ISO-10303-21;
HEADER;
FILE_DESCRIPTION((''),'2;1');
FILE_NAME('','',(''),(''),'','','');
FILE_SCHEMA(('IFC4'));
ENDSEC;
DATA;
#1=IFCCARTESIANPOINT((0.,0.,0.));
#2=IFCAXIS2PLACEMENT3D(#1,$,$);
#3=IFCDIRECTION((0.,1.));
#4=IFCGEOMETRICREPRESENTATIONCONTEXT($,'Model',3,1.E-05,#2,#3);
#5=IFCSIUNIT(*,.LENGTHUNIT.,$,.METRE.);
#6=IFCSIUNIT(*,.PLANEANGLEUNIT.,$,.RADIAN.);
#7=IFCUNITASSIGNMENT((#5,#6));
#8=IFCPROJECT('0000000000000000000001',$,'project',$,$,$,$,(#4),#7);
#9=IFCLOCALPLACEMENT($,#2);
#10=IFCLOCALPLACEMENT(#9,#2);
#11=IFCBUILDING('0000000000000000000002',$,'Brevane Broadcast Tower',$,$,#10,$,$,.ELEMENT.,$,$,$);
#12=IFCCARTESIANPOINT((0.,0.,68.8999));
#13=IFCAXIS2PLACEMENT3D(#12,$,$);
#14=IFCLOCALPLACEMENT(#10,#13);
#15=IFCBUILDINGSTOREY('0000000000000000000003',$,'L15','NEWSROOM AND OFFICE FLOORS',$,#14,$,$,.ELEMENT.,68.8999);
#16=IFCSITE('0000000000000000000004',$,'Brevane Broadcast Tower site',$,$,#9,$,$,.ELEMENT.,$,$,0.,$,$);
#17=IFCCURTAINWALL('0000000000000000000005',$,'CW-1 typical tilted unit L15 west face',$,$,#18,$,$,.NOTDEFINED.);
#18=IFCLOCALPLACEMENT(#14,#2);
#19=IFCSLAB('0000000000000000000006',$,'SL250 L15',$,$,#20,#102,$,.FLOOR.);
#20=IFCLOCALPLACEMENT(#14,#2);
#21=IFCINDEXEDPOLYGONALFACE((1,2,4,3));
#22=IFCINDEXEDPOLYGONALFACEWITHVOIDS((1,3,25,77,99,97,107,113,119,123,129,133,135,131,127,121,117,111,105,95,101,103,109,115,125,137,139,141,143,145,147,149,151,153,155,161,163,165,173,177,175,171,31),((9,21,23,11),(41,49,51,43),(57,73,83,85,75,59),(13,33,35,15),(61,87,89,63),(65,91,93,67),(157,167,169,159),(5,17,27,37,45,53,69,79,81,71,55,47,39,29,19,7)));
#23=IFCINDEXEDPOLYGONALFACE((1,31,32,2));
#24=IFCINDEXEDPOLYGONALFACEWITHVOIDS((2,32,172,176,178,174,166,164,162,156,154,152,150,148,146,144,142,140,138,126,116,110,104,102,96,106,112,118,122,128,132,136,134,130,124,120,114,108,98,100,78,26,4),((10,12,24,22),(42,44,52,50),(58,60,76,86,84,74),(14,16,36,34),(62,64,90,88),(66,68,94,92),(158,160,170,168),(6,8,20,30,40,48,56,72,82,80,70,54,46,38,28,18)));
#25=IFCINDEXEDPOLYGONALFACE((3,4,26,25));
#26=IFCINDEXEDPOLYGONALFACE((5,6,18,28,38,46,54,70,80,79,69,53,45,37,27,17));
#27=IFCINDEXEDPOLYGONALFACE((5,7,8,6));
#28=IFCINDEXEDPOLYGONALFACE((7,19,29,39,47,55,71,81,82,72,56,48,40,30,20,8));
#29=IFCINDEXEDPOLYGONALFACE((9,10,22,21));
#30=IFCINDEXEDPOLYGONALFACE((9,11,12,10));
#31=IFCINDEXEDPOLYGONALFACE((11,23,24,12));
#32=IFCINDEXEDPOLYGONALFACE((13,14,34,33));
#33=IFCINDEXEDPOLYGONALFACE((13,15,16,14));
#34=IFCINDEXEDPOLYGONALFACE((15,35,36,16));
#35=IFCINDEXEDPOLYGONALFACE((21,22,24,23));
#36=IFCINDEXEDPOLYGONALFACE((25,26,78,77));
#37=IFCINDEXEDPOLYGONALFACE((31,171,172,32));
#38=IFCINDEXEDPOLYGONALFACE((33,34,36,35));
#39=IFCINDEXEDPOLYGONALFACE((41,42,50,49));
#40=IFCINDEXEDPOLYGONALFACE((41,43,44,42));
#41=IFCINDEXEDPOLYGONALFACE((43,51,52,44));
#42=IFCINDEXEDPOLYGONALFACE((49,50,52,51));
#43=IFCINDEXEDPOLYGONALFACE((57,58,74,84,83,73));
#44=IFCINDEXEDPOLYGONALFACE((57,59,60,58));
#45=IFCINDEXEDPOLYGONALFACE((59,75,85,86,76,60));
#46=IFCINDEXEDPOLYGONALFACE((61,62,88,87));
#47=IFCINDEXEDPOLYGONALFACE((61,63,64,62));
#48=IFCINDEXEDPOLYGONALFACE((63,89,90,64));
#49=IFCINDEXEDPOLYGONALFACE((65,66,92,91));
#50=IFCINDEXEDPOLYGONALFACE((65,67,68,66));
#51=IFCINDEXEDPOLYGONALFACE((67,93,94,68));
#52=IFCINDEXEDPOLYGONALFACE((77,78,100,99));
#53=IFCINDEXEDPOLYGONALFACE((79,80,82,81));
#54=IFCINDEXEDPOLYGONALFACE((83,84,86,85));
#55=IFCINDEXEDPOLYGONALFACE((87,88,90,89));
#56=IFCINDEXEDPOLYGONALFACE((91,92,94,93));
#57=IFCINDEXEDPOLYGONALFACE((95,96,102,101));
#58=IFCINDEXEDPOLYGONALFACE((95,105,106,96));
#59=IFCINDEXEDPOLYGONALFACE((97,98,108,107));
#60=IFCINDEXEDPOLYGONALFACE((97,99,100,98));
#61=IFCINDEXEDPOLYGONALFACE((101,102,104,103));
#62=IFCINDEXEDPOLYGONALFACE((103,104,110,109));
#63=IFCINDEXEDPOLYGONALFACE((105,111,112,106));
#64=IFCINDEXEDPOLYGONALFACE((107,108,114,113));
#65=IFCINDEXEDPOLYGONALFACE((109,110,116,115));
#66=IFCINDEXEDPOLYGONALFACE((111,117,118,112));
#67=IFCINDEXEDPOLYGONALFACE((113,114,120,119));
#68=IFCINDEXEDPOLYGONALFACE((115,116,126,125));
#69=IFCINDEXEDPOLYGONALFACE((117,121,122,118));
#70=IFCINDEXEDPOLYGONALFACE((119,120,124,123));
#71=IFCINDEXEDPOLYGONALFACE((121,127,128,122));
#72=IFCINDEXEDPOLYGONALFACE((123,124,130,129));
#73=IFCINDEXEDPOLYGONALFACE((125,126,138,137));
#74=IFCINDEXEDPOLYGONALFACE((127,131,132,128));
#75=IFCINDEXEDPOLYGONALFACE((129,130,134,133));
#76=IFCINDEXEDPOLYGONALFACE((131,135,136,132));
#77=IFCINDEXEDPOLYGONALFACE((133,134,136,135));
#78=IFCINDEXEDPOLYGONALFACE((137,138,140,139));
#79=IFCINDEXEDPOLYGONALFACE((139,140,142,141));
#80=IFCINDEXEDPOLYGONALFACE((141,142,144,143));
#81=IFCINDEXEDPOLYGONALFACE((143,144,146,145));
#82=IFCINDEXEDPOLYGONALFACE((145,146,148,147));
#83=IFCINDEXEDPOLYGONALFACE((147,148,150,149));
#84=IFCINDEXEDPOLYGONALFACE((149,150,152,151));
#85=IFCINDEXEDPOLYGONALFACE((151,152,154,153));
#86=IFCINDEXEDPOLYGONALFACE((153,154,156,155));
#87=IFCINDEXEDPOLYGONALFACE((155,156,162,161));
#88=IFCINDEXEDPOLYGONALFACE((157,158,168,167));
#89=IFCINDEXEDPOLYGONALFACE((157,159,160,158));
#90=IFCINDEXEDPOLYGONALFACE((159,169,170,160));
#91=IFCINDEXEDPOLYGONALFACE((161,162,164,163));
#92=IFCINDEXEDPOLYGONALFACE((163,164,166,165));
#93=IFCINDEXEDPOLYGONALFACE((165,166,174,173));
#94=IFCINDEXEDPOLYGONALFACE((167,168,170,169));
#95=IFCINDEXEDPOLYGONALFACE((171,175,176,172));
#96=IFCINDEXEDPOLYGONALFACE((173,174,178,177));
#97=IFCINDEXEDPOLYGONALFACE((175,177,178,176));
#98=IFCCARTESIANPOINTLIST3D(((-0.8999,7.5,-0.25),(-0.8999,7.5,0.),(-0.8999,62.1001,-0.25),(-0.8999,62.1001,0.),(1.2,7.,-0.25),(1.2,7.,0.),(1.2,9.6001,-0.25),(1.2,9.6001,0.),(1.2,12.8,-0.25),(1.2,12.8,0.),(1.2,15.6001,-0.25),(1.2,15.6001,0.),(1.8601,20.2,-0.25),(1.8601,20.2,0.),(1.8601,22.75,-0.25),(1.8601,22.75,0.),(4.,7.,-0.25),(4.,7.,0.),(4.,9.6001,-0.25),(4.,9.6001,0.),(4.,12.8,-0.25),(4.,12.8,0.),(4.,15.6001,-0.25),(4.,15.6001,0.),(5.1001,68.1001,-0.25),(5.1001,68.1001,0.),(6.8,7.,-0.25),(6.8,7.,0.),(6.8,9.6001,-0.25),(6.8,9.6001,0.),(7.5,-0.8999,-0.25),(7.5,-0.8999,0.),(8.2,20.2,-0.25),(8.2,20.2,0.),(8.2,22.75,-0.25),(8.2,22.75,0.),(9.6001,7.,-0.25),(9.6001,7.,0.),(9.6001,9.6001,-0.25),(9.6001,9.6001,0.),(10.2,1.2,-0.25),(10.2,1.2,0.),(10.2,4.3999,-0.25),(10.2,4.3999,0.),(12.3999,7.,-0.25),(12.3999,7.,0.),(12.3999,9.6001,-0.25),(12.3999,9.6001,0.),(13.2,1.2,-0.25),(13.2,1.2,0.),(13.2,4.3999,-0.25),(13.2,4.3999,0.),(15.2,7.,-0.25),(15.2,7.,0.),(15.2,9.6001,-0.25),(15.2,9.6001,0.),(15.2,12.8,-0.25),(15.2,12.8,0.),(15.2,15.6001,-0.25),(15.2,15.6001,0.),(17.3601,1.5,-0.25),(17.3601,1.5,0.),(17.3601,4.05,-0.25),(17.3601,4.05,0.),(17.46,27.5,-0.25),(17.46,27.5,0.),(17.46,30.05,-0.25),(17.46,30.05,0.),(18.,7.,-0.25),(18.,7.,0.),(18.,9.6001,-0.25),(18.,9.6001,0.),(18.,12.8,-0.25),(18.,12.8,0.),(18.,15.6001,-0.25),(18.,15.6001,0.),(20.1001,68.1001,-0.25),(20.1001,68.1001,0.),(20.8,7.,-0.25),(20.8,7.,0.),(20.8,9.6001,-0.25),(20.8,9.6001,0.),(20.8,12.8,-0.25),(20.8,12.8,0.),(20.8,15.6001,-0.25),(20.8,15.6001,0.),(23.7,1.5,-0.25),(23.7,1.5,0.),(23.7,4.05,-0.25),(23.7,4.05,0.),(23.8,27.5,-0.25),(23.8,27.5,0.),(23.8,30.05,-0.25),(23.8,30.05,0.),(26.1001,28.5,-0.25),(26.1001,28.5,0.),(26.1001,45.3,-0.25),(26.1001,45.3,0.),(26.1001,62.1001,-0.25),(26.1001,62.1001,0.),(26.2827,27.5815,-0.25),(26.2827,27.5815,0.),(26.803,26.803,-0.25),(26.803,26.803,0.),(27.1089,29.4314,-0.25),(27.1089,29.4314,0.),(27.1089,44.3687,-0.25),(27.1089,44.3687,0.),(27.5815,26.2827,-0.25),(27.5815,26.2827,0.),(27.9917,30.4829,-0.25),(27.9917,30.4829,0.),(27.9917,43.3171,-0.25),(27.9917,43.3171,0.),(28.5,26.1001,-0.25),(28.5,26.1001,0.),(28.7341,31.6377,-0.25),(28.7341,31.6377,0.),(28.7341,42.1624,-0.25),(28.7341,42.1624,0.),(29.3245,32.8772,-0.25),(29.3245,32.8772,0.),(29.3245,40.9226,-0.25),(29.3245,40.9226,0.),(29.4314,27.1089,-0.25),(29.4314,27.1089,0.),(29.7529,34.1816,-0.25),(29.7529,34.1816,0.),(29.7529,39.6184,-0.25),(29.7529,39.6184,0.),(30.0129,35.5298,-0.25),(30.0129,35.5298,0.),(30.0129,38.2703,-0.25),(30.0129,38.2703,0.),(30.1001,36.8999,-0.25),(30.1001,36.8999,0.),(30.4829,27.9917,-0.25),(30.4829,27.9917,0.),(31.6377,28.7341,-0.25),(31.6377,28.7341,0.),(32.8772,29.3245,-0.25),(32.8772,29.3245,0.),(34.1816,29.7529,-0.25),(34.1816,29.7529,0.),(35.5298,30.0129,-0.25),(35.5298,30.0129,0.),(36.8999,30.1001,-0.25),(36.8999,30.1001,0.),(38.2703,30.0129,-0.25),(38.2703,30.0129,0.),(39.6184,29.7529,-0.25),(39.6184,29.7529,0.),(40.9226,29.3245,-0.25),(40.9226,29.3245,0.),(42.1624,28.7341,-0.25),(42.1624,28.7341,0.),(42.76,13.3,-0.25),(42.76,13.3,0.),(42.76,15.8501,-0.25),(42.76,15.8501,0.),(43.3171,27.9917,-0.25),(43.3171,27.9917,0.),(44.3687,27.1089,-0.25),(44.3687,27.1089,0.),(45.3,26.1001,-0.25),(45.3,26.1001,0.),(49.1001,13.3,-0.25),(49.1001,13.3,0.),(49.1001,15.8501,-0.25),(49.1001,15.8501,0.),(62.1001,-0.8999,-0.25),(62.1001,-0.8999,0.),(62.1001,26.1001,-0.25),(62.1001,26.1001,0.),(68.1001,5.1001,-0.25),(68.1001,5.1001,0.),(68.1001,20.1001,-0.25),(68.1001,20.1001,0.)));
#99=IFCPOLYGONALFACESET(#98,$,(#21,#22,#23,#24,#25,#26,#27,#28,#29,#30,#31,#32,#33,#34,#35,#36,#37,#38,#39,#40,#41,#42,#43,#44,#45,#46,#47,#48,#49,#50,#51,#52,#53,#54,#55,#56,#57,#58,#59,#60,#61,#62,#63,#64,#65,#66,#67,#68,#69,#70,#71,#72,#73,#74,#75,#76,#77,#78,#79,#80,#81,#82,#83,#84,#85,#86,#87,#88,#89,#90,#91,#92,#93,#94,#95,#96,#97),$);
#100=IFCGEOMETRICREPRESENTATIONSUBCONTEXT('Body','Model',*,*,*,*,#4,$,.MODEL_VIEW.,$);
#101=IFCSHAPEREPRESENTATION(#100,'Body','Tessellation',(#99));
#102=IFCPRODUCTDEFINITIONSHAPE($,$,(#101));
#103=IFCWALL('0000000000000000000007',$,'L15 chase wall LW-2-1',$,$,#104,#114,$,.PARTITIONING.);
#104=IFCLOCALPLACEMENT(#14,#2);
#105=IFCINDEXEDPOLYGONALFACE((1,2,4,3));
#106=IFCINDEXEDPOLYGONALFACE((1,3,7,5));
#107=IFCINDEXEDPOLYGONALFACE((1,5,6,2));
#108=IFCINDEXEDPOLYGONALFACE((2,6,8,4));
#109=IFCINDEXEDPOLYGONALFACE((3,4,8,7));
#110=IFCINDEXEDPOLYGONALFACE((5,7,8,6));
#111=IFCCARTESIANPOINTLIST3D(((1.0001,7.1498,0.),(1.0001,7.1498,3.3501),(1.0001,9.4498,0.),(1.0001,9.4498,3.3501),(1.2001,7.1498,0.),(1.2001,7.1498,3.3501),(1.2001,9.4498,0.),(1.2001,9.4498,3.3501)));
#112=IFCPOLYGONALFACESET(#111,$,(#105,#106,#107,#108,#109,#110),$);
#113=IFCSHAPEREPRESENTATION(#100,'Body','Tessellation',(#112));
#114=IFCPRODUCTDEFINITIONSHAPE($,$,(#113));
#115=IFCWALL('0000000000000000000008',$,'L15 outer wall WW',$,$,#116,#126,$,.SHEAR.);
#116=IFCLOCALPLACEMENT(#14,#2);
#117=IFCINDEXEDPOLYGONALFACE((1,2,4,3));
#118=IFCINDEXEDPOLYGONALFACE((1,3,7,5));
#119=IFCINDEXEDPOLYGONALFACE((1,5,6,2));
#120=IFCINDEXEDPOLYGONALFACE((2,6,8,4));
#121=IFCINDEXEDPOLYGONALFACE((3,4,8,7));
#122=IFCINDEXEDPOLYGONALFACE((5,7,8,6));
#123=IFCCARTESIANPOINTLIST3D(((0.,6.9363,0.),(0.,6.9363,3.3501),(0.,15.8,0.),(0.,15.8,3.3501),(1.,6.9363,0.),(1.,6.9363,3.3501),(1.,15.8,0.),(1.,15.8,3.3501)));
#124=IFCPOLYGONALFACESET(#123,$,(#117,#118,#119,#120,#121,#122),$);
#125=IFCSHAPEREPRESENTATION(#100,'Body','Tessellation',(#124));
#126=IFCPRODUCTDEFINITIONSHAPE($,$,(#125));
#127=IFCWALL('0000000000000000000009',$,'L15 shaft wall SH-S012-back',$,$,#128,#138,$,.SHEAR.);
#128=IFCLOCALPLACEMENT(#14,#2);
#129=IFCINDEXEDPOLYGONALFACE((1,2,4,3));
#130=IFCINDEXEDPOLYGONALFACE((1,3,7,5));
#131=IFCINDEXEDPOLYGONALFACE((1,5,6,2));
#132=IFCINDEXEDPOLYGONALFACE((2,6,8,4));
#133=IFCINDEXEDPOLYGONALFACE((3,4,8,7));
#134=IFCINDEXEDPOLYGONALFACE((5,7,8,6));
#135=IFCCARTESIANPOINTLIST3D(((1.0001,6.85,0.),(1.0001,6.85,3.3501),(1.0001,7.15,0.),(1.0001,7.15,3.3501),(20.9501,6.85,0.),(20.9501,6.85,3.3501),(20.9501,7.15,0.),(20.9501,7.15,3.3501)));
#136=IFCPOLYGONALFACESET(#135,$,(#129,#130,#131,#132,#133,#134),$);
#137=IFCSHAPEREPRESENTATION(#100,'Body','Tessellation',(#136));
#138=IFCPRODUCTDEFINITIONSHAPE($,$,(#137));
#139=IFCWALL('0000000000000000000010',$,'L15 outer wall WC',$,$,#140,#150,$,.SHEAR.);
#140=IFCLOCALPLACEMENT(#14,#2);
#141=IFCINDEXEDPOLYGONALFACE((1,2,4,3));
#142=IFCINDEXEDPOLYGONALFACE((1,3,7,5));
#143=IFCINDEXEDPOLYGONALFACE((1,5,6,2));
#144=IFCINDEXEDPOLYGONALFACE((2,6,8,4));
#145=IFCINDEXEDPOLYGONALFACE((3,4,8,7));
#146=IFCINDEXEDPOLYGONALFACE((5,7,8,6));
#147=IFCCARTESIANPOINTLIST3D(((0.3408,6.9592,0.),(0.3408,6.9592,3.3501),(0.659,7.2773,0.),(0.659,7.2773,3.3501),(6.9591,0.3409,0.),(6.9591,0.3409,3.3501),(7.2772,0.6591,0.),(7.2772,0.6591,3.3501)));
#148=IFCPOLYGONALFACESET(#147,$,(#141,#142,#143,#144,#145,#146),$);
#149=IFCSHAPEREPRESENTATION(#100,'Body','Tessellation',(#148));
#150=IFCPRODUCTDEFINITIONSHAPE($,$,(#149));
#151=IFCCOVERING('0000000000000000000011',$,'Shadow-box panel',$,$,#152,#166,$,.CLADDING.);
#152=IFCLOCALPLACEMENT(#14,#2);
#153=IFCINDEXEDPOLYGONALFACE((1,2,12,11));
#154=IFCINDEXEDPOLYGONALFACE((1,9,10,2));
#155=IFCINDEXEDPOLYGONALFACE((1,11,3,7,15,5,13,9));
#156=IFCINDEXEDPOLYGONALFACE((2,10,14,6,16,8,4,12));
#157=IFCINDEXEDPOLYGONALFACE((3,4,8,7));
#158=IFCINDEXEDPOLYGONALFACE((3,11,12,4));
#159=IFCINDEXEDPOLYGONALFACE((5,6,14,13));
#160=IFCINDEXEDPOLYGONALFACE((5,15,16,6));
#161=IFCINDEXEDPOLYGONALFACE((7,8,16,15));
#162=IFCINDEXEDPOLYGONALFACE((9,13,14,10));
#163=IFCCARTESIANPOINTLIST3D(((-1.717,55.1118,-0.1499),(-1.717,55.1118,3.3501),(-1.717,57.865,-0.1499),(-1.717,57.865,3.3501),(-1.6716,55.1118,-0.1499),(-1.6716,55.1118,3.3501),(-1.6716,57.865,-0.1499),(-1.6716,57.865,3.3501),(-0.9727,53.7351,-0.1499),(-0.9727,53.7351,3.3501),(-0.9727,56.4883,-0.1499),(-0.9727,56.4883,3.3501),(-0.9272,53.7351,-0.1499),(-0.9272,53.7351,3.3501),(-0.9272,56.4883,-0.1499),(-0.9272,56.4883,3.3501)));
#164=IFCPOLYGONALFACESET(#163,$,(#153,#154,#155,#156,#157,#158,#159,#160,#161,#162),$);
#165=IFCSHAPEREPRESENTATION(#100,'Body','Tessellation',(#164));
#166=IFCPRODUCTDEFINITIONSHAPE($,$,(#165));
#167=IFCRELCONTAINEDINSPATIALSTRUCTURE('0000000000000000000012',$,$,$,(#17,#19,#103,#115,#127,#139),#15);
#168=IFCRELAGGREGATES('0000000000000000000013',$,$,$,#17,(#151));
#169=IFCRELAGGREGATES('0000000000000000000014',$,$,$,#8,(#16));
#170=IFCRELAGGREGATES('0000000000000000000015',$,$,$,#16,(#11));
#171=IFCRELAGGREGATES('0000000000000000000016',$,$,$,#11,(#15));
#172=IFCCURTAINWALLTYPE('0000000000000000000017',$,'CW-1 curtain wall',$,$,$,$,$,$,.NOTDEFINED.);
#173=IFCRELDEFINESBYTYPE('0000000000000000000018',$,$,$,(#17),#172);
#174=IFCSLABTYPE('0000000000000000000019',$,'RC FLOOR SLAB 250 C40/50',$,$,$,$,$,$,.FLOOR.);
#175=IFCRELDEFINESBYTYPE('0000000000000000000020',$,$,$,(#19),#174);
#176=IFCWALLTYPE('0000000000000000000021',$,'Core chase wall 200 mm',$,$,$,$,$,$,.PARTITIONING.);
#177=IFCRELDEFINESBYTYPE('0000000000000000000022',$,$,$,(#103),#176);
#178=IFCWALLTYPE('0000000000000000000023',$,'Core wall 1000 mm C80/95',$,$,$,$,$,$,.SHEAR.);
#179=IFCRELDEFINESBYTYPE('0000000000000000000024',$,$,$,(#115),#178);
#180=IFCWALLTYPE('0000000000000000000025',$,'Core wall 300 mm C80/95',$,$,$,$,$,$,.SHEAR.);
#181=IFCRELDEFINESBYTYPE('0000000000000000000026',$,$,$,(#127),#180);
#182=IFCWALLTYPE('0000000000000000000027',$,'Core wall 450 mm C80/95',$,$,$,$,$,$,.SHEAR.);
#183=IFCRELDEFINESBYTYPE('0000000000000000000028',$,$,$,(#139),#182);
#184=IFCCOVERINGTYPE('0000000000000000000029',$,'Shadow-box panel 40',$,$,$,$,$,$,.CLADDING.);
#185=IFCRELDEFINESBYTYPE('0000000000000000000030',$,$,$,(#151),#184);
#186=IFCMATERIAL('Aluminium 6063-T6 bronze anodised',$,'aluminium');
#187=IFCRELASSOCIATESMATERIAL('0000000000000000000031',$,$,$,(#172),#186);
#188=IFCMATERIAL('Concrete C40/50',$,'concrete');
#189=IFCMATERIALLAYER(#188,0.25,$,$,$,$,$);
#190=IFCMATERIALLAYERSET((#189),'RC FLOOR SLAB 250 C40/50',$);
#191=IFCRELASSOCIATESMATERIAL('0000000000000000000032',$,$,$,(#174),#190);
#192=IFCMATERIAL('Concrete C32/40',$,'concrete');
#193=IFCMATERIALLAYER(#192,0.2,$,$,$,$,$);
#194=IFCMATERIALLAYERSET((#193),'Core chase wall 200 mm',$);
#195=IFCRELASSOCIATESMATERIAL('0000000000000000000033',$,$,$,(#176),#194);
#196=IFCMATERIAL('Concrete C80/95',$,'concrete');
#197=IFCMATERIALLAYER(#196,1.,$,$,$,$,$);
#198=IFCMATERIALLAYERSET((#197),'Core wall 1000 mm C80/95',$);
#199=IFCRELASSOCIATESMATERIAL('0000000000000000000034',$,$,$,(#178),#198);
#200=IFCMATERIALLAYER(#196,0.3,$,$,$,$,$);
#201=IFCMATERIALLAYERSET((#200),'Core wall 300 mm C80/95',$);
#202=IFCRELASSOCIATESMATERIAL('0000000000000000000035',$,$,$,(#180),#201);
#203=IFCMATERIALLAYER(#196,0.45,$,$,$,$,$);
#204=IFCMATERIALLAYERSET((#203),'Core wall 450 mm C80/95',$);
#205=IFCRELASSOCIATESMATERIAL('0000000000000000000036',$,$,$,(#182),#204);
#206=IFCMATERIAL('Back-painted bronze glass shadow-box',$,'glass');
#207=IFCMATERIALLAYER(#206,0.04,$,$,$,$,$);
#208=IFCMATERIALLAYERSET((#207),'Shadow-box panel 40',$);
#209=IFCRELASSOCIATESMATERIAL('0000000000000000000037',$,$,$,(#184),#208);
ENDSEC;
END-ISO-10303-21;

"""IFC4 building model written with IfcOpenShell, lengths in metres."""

from ifc_helpers import new_model, si_unit, direction, frame, frame_2d, origin, place, context, subcontext, project, spatial, polyline, rectangle, outline, extrude, material, layer, layer_set, type_object, element, aggregate, save


model = new_model("IFC4")

# Units and contexts
model_context = context("Model", 3, precision=1e-05, world=origin(), true_north=direction((0.0, 1.0)))
body_context = subcontext(model_context, "Body", "Model", "MODEL_VIEW")
ifc_project = project(units=[si_unit("LENGTHUNIT", "METRE"), si_unit("PLANEANGLEUNIT", "RADIAN")], contexts=[model_context])

# Site, building, storey
site_placement = place(None, origin())
site = spatial("IfcSite", under=ifc_project, at=site_placement, Name="Brevane Broadcast Tower site", CompositionType="ELEMENT", RefElevation=0.0)
building_placement = place(site_placement, origin())
building = spatial("IfcBuilding", under=site, at=building_placement, Name="Brevane Broadcast Tower", CompositionType="ELEMENT")
storey_placement = place(building_placement, frame((0.0, 0.0, 68.8999)))
storey = spatial("IfcBuildingStorey", under=building, at=storey_placement, Name="L15", Description="NEWSROOM AND OFFICE FLOORS", CompositionType="ELEMENT", Elevation=68.8999)

# Shared definitions
ifc_material_1 = material(Name="Aluminium 6063-T6 bronze anodised", Category="aluminium")
curtain_wall_type = type_object("IfcCurtainWallType", Name="CW-1 curtain wall", PredefinedType="NOTDEFINED", material=ifc_material_1)

# Curtain wall
curtain_wall_1_placement = place(storey_placement, origin())
curtain_wall_1 = element("IfcCurtainWall", 1, at=curtain_wall_1_placement, inside=storey, type_object=curtain_wall_type, Name="CW-1 typical tilted unit L15 west face", PredefinedType="NOTDEFINED")

# Slab
ifc_material_2 = material(Name="Concrete C40/50", Category="concrete")
ifc_layer_1 = layer(ifc_material_2, 0.25)
ifc_layer_set_1 = layer_set([ifc_layer_1], Name="RC FLOOR SLAB 250 C40/50")
slab_type_1 = type_object("IfcSlabType", Name="RC FLOOR SLAB 250 C40/50", PredefinedType="FLOOR", material=ifc_layer_set_1)
slab_1_placement = place(storey_placement, frame((0.0, 0.0, -0.25)))
element("IfcSlab", 2, at=slab_1_placement, inside=storey, type_object=slab_type_1, Name="SL250 L15", PredefinedType="FLOOR", context=body_context, shape_type="SweptSolid", body=[
    extrude(outline(polyline([(-0.8999, 7.5), (-0.8999, 62.1001), (5.1001, 68.1001), (20.1001, 68.1001), (26.1001, 62.1001), (26.1001, 45.3), (27.1089, 44.3687), (27.9917, 43.3171), (28.7341, 42.1624), (29.3245, 40.9226), (29.7529, 39.6184), (30.0129, 38.2703), (30.1001, 36.8999), (30.0129, 35.5298), (29.7529, 34.1816), (29.3245, 32.8772), (28.7341, 31.6377), (27.9917, 30.4829), (27.1089, 29.4314), (26.1001, 28.5), (26.2827, 27.5815), (26.803, 26.803), (27.5815, 26.2827), (28.5, 26.1001), (29.4314, 27.1089), (30.4829, 27.9917), (31.6377, 28.7341), (32.8772, 29.3245), (34.1816, 29.7529), (35.5298, 30.0129), (36.8999, 30.1001), (38.2703, 30.0129), (39.6184, 29.7529), (40.9226, 29.3245), (42.1624, 28.7341), (43.3171, 27.9917), (44.3687, 27.1089), (45.3, 26.1001), (62.1001, 26.1001), (68.1001, 20.1001), (68.1001, 5.1001), (62.1001, -0.8999), (7.5, -0.8999), (-0.8999, 7.5)]), holes=[polyline([(13.2, 4.3999), (10.2, 4.3999), (10.2, 1.2), (13.2, 1.2), (13.2, 4.3999)]), polyline([(4.0, 9.6001), (1.2, 9.6001), (1.2, 7.0), (4.0, 7.0), (6.8, 7.0), (9.6001, 7.0), (12.3999, 7.0), (15.2, 7.0), (18.0, 7.0), (20.8, 7.0), (20.8, 9.6001), (18.0, 9.6001), (15.2, 9.6001), (12.3999, 9.6001), (9.6001, 9.6001), (6.8, 9.6001), (4.0, 9.6001)]), polyline([(4.0, 12.8), (4.0, 15.6001), (1.2, 15.6001), (1.2, 12.8), (4.0, 12.8)]), polyline([(8.2, 22.75), (1.8601, 22.75), (1.8601, 20.2), (8.2, 20.2), (8.2, 22.75)]), polyline([(23.7, 4.05), (17.3601, 4.05), (17.3601, 1.5), (23.7, 1.5), (23.7, 4.05)]), polyline([(18.0, 15.6001), (15.2, 15.6001), (15.2, 12.8), (18.0, 12.8), (20.8, 12.8), (20.8, 15.6001), (18.0, 15.6001)]), polyline([(49.1001, 15.8501), (42.76, 15.8501), (42.76, 13.3), (49.1001, 13.3), (49.1001, 15.8501)]), polyline([(23.8, 30.05), (17.46, 30.05), (17.46, 27.5), (23.8, 27.5), (23.8, 30.05)])]), origin(), (0.0, 0.0, 1.0), 0.25),
])

# Walls
ifc_material_3 = material(Name="Concrete C32/40", Category="concrete")
ifc_layer_2 = layer(ifc_material_3, 0.2)
ifc_layer_set_2 = layer_set([ifc_layer_2], Name="Core chase wall 200 mm")
wall_type_1 = type_object("IfcWallType", Name="Core chase wall 200 mm", PredefinedType="PARTITIONING", material=ifc_layer_set_2)
wall_1_placement = place(storey_placement, frame((1.1001, 7.1499, 0.0), z_axis=(0.0, 0.0, 1.0), x_axis=(0.0, 1.0, 0.0)))
element("IfcWall", 3, at=wall_1_placement, inside=storey, type_object=wall_type_1, Name="L15 chase wall LW-2-1", PredefinedType="PARTITIONING", context=body_context, shape_type="SweptSolid", body=[
    extrude(rectangle(XDim=2.3, YDim=0.2, at=frame_2d((1.1499, 0.0))), origin(), (0.0, 0.0, 1.0), 3.3501),
])
ifc_material_4 = material(Name="Concrete C80/95", Category="concrete")
ifc_layer_3 = layer(ifc_material_4, 1.0)
ifc_layer_set_3 = layer_set([ifc_layer_3], Name="Core wall 1000 mm C80/95")
wall_type_2 = type_object("IfcWallType", Name="Core wall 1000 mm C80/95", PredefinedType="SHEAR", material=ifc_layer_set_3)
wall_2_placement = place(storey_placement, frame((0.5, 6.9363, 0.0), z_axis=(0.0, 0.0, 1.0), x_axis=(0.0, 1.0, 0.0)))
element("IfcWall", 4, at=wall_2_placement, inside=storey, type_object=wall_type_2, Name="L15 outer wall WW", PredefinedType="SHEAR", context=body_context, shape_type="SweptSolid", body=[
    extrude(rectangle(XDim=8.8638, YDim=1.0, at=frame_2d((4.4319, 0.0))), origin(), (0.0, 0.0, 1.0), 3.3501),
])
ifc_layer_4 = layer(ifc_material_4, 0.3)
ifc_layer_set_4 = layer_set([ifc_layer_4], Name="Core wall 300 mm C80/95")
wall_type_3 = type_object("IfcWallType", Name="Core wall 300 mm C80/95", PredefinedType="SHEAR", material=ifc_layer_set_4)
wall_3_placement = place(storey_placement, frame((1.0, 7.0, 0.0), z_axis=(0.0, 0.0, 1.0), x_axis=(1.0, 0.0, 0.0)))
element("IfcWall", 5, at=wall_3_placement, inside=storey, type_object=wall_type_3, Name="L15 shaft wall SH-S012-back", PredefinedType="SHEAR", context=body_context, shape_type="SweptSolid", body=[
    extrude(rectangle(XDim=19.95, YDim=0.3, at=frame_2d((9.9751, 0.0))), origin(), (0.0, 0.0, 1.0), 3.3501),
])
ifc_layer_5 = layer(ifc_material_4, 0.45)
ifc_layer_set_5 = layer_set([ifc_layer_5], Name="Core wall 450 mm C80/95")
wall_type_4 = type_object("IfcWallType", Name="Core wall 450 mm C80/95", PredefinedType="SHEAR", material=ifc_layer_set_5)
wall_4_placement = place(storey_placement, frame((0.5, 7.1182, 0.0), z_axis=(0.0, 0.0, 1.0), x_axis=(0.707107, -0.707107, 0.0)))
element("IfcWall", 6, at=wall_4_placement, inside=storey, type_object=wall_type_4, Name="L15 outer wall WC", PredefinedType="SHEAR", context=body_context, shape_type="SweptSolid", body=[
    extrude(rectangle(XDim=9.3596, YDim=0.45, at=frame_2d((4.6797, 0.0))), origin(), (0.0, 0.0, 1.0), 3.3501),
])

# Covering
ifc_material_5 = material(Name="Back-painted bronze glass shadow-box", Category="glass")
ifc_layer_6 = layer(ifc_material_5, 0.04)
ifc_layer_set_6 = layer_set([ifc_layer_6], Name="Shadow-box panel 40")
covering_type = type_object("IfcCoveringType", Name="Shadow-box panel 40", PredefinedType="CLADDING", material=ifc_layer_set_6)
covering_1_placement = place(storey_placement, frame((0.0, 0.0, -0.1499)))
covering_1 = element("IfcCovering", 7, at=covering_1_placement, type_object=covering_type, Name="Shadow-box panel", PredefinedType="CLADDING", context=body_context, shape_type="SweptSolid", body=[
    extrude(outline(polyline([(-1.6716, 57.865), (-1.717, 57.865), (-0.9727, 56.4883), (-1.717, 55.1118), (-0.9727, 53.7351), (-0.9272, 53.7351), (-1.6716, 55.1118), (-0.9272, 56.4883), (-1.6716, 57.865)])), origin(), (0.0, 0.0, 1.0), 3.5),
])
aggregate(curtain_wall_1, [covering_1])

save(model, "model.ifc")
